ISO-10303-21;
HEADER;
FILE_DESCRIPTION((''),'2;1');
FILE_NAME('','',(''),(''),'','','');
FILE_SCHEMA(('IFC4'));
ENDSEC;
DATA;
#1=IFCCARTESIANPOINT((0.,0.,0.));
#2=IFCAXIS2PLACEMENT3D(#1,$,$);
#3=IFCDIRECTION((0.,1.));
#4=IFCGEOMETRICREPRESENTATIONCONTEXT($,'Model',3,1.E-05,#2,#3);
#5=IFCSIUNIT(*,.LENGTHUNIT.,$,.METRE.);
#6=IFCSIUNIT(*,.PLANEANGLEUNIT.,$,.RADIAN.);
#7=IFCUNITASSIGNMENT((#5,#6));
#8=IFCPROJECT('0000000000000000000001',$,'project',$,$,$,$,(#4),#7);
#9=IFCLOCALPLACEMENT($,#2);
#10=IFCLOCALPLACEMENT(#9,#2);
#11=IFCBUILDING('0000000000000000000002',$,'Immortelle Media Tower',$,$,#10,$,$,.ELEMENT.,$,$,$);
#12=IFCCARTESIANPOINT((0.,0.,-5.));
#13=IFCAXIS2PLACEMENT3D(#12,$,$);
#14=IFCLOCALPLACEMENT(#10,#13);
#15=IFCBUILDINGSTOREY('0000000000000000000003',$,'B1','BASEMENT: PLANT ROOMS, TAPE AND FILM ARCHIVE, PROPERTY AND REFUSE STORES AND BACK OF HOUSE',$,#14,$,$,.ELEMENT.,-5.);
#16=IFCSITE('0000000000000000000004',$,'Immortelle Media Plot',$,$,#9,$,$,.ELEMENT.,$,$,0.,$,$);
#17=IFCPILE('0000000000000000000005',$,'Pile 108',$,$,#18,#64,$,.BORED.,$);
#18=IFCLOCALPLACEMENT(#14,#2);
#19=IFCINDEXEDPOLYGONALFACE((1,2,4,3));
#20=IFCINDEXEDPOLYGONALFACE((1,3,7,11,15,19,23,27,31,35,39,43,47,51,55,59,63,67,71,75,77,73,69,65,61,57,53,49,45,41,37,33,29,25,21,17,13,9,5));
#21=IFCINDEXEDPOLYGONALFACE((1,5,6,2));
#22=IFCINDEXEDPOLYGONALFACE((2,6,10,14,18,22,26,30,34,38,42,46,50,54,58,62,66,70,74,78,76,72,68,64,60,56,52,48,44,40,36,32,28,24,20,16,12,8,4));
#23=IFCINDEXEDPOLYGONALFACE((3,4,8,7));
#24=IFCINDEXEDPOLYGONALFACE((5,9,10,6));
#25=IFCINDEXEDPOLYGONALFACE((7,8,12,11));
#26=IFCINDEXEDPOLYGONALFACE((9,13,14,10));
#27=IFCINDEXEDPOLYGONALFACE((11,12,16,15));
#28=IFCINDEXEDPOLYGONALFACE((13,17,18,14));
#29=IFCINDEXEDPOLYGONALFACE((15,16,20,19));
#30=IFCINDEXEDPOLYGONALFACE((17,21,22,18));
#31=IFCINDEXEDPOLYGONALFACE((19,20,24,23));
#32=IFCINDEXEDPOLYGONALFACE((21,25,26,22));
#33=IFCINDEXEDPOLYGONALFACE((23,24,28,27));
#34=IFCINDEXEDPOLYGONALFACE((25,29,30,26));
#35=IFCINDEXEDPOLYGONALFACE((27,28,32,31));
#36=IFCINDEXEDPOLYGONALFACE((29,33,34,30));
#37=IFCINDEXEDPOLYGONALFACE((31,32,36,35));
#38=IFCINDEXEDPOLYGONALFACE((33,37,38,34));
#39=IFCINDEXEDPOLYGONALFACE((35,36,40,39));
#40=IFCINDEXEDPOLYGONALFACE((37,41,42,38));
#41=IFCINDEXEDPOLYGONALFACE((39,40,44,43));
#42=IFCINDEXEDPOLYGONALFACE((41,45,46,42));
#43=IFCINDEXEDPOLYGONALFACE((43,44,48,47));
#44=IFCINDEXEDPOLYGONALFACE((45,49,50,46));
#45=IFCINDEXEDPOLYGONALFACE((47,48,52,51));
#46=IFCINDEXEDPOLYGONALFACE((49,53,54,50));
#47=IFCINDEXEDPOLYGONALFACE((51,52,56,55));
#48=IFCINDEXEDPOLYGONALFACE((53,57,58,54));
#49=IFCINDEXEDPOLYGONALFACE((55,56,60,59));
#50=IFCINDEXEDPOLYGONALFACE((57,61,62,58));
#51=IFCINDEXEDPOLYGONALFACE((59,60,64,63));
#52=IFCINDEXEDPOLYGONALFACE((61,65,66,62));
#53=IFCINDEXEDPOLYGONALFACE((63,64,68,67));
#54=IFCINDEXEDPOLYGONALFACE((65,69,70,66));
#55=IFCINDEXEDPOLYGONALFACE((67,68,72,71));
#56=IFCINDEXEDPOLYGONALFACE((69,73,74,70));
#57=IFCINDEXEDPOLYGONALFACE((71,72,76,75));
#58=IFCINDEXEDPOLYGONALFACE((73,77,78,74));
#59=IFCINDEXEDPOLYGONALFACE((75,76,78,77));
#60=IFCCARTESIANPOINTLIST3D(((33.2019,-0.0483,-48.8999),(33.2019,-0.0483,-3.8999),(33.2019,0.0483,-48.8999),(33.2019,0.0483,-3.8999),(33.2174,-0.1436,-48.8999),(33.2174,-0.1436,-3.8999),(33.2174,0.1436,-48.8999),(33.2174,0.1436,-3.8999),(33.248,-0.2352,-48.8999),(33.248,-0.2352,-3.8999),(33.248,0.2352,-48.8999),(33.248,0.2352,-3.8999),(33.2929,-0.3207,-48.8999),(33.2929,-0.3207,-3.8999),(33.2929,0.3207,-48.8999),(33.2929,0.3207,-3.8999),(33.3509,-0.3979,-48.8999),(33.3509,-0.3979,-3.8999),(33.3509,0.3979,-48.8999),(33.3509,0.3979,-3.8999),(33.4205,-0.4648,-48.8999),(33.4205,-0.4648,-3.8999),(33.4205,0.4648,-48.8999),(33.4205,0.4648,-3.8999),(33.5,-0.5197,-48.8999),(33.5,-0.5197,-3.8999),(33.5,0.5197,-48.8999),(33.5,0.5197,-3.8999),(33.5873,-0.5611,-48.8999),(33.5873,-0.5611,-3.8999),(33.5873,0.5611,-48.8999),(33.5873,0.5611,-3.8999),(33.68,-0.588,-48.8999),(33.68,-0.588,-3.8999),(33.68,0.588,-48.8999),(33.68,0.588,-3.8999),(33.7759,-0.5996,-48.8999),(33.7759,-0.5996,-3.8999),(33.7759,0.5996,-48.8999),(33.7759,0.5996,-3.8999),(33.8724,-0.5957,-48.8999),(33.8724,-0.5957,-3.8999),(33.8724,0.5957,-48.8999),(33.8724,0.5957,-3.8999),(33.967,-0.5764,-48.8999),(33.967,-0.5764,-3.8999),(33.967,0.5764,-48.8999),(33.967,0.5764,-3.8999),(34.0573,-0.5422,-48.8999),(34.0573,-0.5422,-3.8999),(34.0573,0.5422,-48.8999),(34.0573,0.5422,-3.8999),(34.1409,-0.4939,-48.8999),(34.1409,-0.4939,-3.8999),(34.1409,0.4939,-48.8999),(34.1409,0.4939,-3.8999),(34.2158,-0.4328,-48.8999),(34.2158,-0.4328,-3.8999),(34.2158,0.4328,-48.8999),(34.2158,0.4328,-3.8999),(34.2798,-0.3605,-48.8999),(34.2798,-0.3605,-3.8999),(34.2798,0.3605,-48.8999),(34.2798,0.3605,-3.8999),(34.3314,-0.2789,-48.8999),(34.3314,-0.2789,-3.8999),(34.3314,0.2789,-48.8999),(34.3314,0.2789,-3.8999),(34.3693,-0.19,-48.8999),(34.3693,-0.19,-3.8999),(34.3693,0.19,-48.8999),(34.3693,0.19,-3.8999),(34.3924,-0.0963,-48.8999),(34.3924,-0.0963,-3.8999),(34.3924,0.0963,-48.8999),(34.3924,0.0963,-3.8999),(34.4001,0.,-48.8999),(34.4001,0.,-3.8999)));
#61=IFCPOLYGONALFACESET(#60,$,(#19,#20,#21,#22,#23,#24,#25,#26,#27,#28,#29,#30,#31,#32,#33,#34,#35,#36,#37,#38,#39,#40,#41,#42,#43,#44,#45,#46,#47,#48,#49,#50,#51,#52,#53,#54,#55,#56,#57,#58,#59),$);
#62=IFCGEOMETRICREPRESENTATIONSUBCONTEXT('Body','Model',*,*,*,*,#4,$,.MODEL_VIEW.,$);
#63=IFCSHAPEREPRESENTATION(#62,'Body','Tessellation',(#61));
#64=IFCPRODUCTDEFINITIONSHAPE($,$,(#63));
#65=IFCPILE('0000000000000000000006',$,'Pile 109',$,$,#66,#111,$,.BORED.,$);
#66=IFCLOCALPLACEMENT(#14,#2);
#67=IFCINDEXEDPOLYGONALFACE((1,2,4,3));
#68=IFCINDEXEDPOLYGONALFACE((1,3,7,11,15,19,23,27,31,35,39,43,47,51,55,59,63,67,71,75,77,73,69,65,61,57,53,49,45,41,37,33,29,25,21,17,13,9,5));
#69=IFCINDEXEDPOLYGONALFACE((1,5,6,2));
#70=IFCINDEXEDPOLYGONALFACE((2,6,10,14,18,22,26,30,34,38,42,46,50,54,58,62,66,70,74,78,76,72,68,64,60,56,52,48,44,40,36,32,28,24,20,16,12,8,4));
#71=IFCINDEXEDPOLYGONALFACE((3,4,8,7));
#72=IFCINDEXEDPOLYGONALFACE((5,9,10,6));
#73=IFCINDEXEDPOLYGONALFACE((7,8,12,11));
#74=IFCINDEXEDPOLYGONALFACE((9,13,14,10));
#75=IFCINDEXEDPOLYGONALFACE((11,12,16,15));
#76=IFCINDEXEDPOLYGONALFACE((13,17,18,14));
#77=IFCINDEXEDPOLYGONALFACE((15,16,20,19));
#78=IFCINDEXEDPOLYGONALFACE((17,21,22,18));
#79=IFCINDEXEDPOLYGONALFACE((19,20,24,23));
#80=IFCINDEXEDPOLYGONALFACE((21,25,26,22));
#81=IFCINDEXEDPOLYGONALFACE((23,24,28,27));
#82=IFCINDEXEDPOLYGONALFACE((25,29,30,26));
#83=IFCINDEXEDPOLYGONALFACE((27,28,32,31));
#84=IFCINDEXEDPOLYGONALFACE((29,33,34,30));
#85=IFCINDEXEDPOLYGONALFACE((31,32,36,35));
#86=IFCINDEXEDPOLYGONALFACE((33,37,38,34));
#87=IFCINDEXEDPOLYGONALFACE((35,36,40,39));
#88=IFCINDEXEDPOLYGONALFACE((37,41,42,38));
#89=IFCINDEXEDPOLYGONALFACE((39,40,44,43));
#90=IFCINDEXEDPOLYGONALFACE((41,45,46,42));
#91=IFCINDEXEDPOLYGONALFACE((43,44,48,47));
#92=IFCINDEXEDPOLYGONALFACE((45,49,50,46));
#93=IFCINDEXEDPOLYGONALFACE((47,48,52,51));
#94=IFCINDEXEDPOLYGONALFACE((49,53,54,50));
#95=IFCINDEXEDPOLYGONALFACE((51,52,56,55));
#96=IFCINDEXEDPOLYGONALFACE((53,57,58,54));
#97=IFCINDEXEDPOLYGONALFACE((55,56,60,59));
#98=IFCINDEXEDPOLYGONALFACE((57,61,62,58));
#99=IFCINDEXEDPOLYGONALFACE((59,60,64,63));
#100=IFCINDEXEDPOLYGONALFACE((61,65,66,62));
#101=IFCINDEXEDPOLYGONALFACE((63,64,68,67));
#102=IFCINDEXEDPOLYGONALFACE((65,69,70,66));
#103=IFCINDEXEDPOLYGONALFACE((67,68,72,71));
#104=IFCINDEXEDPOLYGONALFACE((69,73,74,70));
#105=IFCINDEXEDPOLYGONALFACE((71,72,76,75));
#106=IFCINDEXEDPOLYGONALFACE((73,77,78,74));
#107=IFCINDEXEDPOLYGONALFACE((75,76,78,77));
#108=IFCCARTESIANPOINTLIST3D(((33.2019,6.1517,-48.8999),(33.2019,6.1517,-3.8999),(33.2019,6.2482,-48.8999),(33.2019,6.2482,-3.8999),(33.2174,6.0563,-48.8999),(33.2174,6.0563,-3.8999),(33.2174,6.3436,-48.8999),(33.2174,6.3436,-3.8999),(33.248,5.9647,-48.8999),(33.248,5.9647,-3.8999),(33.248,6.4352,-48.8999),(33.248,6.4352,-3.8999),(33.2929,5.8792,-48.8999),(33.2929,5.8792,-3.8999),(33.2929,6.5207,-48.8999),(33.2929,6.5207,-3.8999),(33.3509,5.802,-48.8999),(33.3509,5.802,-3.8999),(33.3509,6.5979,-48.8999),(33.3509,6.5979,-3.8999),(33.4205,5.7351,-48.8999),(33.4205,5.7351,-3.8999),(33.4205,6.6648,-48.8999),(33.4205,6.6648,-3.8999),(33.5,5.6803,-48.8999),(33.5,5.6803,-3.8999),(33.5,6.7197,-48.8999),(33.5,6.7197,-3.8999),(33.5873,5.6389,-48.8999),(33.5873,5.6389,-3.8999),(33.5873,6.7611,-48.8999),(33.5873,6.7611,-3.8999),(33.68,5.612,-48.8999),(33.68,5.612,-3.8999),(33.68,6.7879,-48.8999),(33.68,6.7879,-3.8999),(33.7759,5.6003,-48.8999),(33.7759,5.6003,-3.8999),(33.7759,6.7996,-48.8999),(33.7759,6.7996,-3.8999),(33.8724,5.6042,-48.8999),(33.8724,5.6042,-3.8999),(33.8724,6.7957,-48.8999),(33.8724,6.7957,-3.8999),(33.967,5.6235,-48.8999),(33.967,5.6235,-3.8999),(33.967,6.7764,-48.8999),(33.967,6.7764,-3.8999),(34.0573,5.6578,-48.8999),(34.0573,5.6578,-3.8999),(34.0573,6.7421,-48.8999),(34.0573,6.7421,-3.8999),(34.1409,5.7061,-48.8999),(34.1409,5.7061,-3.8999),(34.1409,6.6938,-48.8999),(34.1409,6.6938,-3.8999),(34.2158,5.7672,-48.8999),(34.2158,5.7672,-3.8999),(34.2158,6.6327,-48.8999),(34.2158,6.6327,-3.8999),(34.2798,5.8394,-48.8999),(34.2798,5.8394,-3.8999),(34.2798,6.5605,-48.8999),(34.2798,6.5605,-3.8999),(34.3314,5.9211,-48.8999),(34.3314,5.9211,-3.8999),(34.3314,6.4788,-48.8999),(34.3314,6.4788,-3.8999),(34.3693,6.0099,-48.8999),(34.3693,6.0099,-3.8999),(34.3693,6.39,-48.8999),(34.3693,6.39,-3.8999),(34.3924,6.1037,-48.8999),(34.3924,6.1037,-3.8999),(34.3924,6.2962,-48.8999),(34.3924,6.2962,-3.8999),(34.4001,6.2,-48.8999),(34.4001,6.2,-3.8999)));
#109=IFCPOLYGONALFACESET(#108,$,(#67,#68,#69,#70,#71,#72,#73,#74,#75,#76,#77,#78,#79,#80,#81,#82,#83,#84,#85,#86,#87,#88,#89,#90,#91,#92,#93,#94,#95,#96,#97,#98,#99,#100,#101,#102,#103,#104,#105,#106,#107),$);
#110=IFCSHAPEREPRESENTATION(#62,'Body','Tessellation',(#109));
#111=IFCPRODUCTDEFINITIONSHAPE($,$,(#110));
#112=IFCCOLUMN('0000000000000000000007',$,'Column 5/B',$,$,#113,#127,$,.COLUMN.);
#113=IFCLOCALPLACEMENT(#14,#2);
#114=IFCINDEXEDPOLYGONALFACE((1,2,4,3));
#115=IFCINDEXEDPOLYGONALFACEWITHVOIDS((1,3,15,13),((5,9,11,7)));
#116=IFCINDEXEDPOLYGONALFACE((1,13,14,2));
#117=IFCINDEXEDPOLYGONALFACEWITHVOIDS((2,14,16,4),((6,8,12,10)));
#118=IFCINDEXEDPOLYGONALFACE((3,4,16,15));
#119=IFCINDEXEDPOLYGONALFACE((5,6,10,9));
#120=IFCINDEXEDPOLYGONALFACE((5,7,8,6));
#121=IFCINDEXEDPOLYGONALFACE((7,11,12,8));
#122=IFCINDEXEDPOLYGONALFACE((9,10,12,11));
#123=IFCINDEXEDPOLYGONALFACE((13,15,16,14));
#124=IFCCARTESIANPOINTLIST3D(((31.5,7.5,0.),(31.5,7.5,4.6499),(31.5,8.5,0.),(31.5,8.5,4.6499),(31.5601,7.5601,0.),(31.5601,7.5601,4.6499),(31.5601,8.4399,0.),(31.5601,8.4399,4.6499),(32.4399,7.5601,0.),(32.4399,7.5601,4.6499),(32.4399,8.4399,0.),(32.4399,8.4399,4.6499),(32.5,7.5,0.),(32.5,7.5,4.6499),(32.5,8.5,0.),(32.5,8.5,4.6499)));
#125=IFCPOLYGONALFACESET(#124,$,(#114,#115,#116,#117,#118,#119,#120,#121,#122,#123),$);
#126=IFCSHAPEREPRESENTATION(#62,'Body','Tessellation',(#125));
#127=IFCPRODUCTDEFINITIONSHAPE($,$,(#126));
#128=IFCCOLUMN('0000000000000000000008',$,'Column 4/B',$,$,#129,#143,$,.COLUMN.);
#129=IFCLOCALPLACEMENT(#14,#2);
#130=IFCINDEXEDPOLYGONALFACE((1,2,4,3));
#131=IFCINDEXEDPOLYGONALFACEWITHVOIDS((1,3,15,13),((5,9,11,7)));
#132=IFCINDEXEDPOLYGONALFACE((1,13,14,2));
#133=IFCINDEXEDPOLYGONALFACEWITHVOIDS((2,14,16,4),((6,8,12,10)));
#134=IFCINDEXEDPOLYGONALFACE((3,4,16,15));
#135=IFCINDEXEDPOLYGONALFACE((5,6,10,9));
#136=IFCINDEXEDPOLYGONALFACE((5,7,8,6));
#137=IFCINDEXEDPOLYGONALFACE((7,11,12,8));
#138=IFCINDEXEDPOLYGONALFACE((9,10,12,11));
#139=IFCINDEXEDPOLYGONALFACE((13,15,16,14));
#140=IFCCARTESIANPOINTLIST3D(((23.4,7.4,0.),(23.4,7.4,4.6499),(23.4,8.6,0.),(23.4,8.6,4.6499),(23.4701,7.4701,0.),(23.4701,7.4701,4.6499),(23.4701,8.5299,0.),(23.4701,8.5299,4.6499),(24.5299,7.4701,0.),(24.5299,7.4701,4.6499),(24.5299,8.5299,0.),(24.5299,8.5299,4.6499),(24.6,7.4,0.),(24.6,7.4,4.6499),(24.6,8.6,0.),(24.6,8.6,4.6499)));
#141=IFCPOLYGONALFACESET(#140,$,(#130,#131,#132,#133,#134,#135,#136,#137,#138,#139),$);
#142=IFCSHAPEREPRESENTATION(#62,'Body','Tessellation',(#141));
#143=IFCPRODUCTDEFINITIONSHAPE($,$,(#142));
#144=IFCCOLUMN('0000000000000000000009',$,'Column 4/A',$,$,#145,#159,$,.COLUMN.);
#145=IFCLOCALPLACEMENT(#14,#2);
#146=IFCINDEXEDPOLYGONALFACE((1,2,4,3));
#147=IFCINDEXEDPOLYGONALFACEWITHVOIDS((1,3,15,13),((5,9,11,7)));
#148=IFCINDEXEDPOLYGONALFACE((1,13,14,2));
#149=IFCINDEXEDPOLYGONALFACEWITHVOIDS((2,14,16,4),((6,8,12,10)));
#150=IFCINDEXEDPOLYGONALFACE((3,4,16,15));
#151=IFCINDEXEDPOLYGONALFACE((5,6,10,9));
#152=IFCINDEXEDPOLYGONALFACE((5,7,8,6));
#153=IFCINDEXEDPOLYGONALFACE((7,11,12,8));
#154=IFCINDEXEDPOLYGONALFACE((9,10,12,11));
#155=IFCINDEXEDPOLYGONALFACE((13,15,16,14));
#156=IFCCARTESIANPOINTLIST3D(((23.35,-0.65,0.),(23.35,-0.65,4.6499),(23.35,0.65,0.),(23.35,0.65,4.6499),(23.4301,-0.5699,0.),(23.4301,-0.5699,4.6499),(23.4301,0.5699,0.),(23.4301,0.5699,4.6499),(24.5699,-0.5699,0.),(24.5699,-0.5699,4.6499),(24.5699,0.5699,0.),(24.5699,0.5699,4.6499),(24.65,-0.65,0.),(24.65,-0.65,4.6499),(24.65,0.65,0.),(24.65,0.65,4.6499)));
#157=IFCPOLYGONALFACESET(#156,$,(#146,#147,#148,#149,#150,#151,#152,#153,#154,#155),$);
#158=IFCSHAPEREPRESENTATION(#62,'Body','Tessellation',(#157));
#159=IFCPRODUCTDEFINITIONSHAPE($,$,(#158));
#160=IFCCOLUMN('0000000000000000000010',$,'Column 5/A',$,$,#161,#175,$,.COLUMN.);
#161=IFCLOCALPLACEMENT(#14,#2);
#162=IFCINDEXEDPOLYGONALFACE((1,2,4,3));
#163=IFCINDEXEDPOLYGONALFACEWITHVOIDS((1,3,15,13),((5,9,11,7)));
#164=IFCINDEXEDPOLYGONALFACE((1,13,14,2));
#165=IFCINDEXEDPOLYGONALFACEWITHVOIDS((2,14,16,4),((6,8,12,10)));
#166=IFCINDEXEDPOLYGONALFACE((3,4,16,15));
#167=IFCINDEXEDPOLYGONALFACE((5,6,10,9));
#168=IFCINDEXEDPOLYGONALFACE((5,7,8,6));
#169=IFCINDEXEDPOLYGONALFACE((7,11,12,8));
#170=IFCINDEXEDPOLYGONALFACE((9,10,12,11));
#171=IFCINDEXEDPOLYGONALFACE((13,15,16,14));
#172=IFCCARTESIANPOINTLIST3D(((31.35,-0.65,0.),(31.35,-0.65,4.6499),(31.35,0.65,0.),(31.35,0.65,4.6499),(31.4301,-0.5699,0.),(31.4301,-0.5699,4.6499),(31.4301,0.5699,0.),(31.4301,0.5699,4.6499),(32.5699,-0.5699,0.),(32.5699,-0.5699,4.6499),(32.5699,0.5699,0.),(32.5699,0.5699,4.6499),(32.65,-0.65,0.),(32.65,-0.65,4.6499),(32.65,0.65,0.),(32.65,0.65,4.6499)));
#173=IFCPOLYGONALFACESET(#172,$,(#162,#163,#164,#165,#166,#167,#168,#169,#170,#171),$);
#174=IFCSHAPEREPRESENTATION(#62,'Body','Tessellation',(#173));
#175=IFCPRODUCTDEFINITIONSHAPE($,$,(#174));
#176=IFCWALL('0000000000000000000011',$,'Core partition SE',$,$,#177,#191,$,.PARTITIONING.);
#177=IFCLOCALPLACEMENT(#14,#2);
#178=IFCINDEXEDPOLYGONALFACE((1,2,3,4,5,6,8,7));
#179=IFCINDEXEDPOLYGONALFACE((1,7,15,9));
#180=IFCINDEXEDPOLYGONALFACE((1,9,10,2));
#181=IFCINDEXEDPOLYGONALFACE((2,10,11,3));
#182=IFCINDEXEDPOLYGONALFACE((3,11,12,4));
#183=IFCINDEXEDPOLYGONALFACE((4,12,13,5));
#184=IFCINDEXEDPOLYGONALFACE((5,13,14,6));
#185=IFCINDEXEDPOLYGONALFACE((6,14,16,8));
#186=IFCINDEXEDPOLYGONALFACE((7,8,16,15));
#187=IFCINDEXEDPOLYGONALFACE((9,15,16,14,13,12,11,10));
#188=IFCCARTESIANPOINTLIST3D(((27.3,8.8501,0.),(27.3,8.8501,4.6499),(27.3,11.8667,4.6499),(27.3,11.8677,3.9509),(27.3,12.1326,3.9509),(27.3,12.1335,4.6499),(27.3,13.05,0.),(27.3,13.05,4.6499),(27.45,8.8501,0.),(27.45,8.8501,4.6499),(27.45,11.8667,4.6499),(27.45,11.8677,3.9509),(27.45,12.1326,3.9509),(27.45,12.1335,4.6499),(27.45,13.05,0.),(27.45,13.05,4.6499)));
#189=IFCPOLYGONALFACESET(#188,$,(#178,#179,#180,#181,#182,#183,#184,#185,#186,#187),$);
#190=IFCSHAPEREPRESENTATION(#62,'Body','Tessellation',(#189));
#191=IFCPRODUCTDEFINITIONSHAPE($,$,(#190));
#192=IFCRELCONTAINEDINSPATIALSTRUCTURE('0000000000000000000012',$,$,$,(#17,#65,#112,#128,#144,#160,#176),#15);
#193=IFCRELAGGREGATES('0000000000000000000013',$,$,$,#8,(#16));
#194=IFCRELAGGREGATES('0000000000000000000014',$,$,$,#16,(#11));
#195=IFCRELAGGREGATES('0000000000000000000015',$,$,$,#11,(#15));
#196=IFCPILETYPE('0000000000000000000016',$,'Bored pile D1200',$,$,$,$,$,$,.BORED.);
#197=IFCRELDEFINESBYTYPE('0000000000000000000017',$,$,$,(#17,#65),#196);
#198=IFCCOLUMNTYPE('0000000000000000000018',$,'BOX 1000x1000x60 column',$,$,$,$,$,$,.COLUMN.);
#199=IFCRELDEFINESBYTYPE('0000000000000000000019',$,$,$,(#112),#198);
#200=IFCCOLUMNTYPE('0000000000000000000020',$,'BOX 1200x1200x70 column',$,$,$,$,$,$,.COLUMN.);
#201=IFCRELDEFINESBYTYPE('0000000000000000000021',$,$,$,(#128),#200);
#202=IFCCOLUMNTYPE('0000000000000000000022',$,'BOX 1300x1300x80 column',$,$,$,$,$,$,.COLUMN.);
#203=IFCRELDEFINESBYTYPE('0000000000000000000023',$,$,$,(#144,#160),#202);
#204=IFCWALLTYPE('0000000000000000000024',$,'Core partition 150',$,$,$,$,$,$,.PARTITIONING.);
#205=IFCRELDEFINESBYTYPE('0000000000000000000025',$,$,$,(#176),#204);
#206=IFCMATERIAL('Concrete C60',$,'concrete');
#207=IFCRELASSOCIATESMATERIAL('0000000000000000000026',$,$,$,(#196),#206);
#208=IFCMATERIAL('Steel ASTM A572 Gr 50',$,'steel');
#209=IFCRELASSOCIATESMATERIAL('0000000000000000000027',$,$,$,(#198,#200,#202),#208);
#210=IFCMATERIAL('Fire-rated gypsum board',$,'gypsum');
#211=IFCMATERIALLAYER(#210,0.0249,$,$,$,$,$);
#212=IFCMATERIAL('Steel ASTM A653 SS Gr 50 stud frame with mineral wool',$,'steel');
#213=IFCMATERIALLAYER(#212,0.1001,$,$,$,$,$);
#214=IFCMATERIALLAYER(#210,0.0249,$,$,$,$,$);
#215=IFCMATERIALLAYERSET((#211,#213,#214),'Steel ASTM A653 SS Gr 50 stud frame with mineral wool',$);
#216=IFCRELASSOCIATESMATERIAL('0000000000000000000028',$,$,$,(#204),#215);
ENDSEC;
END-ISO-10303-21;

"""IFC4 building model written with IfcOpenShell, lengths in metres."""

from ifc_helpers import new_model, si_unit, direction, frame, origin, origin_2d, place, context, subcontext, project, spatial, polyline, hollow_rectangle, circle, outline, extrude, material, layer, layer_set, material_profile, profile_set, type_object, element, save


model = new_model("IFC4")

# Units and contexts
model_context = context("Model", 3, precision=1e-05, world=origin(), true_north=direction((0.0, 1.0)))
body_context = subcontext(model_context, "Body", "Model", "MODEL_VIEW")
ifc_project = project(units=[si_unit("LENGTHUNIT", "METRE"), si_unit("PLANEANGLEUNIT", "RADIAN")], contexts=[model_context])

# Site, building, storey
site_placement = place(None, origin())
site = spatial("IfcSite", under=ifc_project, at=site_placement, Name="Immortelle Media Plot", CompositionType="ELEMENT", RefElevation=0.0)
building_placement = place(site_placement, origin())
building = spatial("IfcBuilding", under=site, at=building_placement, Name="Immortelle Media Tower", CompositionType="ELEMENT")
storey_placement = place(building_placement, frame((0.0, 0.0, -5.0)))
storey = spatial("IfcBuildingStorey", under=building, at=storey_placement, Name="B1", Description="BASEMENT: PLANT ROOMS, TAPE AND FILM ARCHIVE, PROPERTY AND REFUSE STORES AND BACK OF HOUSE", CompositionType="ELEMENT", Elevation=-5.0)

# Piles
ifc_material_1 = material(Name="Concrete C60", Category="concrete")
ifc_material_profile_1 = material_profile(ifc_material_1, circle(Radius=0.6001, at=origin_2d()), Name="Bored pile D1200")
ifc_profile_set_1 = profile_set([ifc_material_profile_1], Name="Concrete C60")
pile_type = type_object("IfcPileType", Name="Bored pile D1200", PredefinedType="BORED", material=ifc_profile_set_1)
for number, where, z_axis, x_axis, name in (
    (1, (33.8, 0.0, -3.8999), (0.0, 0.0, -1.0), (1.0, 0.0, 0.0), "Pile 108"),
    (2, (33.8, 6.2, -3.8999), (0.0, 0.0, -1.0), (1.0, 0.0, 0.0), "Pile 109"),
):
    element("IfcPile", number, at=place(storey_placement, frame(where, z_axis=z_axis, x_axis=x_axis)), inside=storey, type_object=pile_type, Name=name, PredefinedType="BORED", context=body_context, shape_type="SweptSolid", body=[
        extrude(circle(Radius=0.6001, at=origin_2d()), origin(), (0.0, 0.0, 1.0), 45.0),
    ])

# Columns
ifc_material_2 = material(Name="Steel ASTM A572 Gr 50", Category="steel")
ifc_material_profile_2 = material_profile(ifc_material_2, hollow_rectangle(XDim=1.0, YDim=1.0, WallThickness=0.0601, at=origin_2d()), Name="BOX 1000x1000x60 column")
ifc_profile_set_2 = profile_set([ifc_material_profile_2], Name="Steel ASTM A572 Gr 50")
column_type_1 = type_object("IfcColumnType", Name="BOX 1000x1000x60 column", PredefinedType="COLUMN", material=ifc_profile_set_2)
column_1_placement = place(storey_placement, frame((32.0, 8.0, 0.0), z_axis=(0.0, 0.0, 1.0), x_axis=(1.0, 0.0, 0.0)))
element("IfcColumn", 3, at=column_1_placement, inside=storey, type_object=column_type_1, Name="Column 5/B", PredefinedType="COLUMN", context=body_context, shape_type="SweptSolid", body=[
    extrude(hollow_rectangle(XDim=1.0, YDim=1.0, WallThickness=0.0601, at=origin_2d()), origin(), (0.0, 0.0, 1.0), 4.6499),
])
ifc_material_profile_3 = material_profile(ifc_material_2, hollow_rectangle(XDim=1.2, YDim=1.2, WallThickness=0.0701, at=origin_2d()), Name="BOX 1200x1200x70 column")
ifc_profile_set_3 = profile_set([ifc_material_profile_3], Name="Steel ASTM A572 Gr 50")
column_type_2 = type_object("IfcColumnType", Name="BOX 1200x1200x70 column", PredefinedType="COLUMN", material=ifc_profile_set_3)
column_2_placement = place(storey_placement, frame((24.0, 8.0, 0.0), z_axis=(0.0, 0.0, 1.0), x_axis=(1.0, 0.0, 0.0)))
element("IfcColumn", 4, at=column_2_placement, inside=storey, type_object=column_type_2, Name="Column 4/B", PredefinedType="COLUMN", context=body_context, shape_type="SweptSolid", body=[
    extrude(hollow_rectangle(XDim=1.2, YDim=1.2, WallThickness=0.0701, at=origin_2d()), origin(), (0.0, 0.0, 1.0), 4.6499),
])
ifc_material_profile_4 = material_profile(ifc_material_2, hollow_rectangle(XDim=1.3, YDim=1.3, WallThickness=0.0801, at=origin_2d()), Name="BOX 1300x1300x80 column")
ifc_profile_set_4 = profile_set([ifc_material_profile_4], Name="Steel ASTM A572 Gr 50")
column_type_3 = type_object("IfcColumnType", Name="BOX 1300x1300x80 column", PredefinedType="COLUMN", material=ifc_profile_set_4)
for number, where, z_axis, x_axis, name in (
    (5, (24.0, 0.0, 0.0), (0.0, 0.0, 1.0), (1.0, 0.0, 0.0), "Column 4/A"),
    (6, (32.0, 0.0, 0.0), (0.0, 0.0, 1.0), (1.0, 0.0, 0.0), "Column 5/A"),
):
    element("IfcColumn", number, at=place(storey_placement, frame(where, z_axis=z_axis, x_axis=x_axis)), inside=storey, type_object=column_type_3, Name=name, PredefinedType="COLUMN", context=body_context, shape_type="SweptSolid", body=[
        extrude(hollow_rectangle(XDim=1.3, YDim=1.3, WallThickness=0.0801, at=origin_2d()), origin(), (0.0, 0.0, 1.0), 4.6499),
    ])

# Wall
ifc_material_3 = material(Name="Fire-rated gypsum board", Category="gypsum")
ifc_layer_1 = layer(ifc_material_3, 0.0249)
ifc_material_4 = material(Name="Steel ASTM A653 SS Gr 50 stud frame with mineral wool", Category="steel")
ifc_layer_2 = layer(ifc_material_4, 0.1001)
ifc_layer_3 = layer(ifc_material_3, 0.0249)
ifc_layer_set_1 = layer_set([ifc_layer_1, ifc_layer_2, ifc_layer_3], Name="Steel ASTM A653 SS Gr 50 stud frame with mineral wool")
wall_type_1 = type_object("IfcWallType", Name="Core partition 150", PredefinedType="PARTITIONING", material=ifc_layer_set_1)
for number, where, z_axis, x_axis, name in (
    (7, (27.375, 8.8501, 0.0), (0.0, 0.0, 1.0), (0.0, 1.0, 0.0), "Core partition SE"),
):
    element("IfcWall", number, at=place(storey_placement, frame(where, z_axis=z_axis, x_axis=x_axis)), inside=storey, type_object=wall_type_1, Name=name, PredefinedType="PARTITIONING", context=body_context, shape_type="SweptSolid", body=[
        extrude(outline(polyline([(0.0, 0.0), (4.2, 0.0), (4.2, 4.6499), (3.2834, 4.6499), (3.2825, 3.9509), (3.0176, 3.9509), (3.0166, 4.6499), (0.0, 4.6499), (0.0, 0.0)])), frame((0.0, 0.075, 0.0), z_axis=(0.0, -1.0, 0.0), x_axis=(1.0, 0.0, 0.0)), (0.0, 0.0, 1.0), 0.1499),
    ])

save(model, "model.ifc")
